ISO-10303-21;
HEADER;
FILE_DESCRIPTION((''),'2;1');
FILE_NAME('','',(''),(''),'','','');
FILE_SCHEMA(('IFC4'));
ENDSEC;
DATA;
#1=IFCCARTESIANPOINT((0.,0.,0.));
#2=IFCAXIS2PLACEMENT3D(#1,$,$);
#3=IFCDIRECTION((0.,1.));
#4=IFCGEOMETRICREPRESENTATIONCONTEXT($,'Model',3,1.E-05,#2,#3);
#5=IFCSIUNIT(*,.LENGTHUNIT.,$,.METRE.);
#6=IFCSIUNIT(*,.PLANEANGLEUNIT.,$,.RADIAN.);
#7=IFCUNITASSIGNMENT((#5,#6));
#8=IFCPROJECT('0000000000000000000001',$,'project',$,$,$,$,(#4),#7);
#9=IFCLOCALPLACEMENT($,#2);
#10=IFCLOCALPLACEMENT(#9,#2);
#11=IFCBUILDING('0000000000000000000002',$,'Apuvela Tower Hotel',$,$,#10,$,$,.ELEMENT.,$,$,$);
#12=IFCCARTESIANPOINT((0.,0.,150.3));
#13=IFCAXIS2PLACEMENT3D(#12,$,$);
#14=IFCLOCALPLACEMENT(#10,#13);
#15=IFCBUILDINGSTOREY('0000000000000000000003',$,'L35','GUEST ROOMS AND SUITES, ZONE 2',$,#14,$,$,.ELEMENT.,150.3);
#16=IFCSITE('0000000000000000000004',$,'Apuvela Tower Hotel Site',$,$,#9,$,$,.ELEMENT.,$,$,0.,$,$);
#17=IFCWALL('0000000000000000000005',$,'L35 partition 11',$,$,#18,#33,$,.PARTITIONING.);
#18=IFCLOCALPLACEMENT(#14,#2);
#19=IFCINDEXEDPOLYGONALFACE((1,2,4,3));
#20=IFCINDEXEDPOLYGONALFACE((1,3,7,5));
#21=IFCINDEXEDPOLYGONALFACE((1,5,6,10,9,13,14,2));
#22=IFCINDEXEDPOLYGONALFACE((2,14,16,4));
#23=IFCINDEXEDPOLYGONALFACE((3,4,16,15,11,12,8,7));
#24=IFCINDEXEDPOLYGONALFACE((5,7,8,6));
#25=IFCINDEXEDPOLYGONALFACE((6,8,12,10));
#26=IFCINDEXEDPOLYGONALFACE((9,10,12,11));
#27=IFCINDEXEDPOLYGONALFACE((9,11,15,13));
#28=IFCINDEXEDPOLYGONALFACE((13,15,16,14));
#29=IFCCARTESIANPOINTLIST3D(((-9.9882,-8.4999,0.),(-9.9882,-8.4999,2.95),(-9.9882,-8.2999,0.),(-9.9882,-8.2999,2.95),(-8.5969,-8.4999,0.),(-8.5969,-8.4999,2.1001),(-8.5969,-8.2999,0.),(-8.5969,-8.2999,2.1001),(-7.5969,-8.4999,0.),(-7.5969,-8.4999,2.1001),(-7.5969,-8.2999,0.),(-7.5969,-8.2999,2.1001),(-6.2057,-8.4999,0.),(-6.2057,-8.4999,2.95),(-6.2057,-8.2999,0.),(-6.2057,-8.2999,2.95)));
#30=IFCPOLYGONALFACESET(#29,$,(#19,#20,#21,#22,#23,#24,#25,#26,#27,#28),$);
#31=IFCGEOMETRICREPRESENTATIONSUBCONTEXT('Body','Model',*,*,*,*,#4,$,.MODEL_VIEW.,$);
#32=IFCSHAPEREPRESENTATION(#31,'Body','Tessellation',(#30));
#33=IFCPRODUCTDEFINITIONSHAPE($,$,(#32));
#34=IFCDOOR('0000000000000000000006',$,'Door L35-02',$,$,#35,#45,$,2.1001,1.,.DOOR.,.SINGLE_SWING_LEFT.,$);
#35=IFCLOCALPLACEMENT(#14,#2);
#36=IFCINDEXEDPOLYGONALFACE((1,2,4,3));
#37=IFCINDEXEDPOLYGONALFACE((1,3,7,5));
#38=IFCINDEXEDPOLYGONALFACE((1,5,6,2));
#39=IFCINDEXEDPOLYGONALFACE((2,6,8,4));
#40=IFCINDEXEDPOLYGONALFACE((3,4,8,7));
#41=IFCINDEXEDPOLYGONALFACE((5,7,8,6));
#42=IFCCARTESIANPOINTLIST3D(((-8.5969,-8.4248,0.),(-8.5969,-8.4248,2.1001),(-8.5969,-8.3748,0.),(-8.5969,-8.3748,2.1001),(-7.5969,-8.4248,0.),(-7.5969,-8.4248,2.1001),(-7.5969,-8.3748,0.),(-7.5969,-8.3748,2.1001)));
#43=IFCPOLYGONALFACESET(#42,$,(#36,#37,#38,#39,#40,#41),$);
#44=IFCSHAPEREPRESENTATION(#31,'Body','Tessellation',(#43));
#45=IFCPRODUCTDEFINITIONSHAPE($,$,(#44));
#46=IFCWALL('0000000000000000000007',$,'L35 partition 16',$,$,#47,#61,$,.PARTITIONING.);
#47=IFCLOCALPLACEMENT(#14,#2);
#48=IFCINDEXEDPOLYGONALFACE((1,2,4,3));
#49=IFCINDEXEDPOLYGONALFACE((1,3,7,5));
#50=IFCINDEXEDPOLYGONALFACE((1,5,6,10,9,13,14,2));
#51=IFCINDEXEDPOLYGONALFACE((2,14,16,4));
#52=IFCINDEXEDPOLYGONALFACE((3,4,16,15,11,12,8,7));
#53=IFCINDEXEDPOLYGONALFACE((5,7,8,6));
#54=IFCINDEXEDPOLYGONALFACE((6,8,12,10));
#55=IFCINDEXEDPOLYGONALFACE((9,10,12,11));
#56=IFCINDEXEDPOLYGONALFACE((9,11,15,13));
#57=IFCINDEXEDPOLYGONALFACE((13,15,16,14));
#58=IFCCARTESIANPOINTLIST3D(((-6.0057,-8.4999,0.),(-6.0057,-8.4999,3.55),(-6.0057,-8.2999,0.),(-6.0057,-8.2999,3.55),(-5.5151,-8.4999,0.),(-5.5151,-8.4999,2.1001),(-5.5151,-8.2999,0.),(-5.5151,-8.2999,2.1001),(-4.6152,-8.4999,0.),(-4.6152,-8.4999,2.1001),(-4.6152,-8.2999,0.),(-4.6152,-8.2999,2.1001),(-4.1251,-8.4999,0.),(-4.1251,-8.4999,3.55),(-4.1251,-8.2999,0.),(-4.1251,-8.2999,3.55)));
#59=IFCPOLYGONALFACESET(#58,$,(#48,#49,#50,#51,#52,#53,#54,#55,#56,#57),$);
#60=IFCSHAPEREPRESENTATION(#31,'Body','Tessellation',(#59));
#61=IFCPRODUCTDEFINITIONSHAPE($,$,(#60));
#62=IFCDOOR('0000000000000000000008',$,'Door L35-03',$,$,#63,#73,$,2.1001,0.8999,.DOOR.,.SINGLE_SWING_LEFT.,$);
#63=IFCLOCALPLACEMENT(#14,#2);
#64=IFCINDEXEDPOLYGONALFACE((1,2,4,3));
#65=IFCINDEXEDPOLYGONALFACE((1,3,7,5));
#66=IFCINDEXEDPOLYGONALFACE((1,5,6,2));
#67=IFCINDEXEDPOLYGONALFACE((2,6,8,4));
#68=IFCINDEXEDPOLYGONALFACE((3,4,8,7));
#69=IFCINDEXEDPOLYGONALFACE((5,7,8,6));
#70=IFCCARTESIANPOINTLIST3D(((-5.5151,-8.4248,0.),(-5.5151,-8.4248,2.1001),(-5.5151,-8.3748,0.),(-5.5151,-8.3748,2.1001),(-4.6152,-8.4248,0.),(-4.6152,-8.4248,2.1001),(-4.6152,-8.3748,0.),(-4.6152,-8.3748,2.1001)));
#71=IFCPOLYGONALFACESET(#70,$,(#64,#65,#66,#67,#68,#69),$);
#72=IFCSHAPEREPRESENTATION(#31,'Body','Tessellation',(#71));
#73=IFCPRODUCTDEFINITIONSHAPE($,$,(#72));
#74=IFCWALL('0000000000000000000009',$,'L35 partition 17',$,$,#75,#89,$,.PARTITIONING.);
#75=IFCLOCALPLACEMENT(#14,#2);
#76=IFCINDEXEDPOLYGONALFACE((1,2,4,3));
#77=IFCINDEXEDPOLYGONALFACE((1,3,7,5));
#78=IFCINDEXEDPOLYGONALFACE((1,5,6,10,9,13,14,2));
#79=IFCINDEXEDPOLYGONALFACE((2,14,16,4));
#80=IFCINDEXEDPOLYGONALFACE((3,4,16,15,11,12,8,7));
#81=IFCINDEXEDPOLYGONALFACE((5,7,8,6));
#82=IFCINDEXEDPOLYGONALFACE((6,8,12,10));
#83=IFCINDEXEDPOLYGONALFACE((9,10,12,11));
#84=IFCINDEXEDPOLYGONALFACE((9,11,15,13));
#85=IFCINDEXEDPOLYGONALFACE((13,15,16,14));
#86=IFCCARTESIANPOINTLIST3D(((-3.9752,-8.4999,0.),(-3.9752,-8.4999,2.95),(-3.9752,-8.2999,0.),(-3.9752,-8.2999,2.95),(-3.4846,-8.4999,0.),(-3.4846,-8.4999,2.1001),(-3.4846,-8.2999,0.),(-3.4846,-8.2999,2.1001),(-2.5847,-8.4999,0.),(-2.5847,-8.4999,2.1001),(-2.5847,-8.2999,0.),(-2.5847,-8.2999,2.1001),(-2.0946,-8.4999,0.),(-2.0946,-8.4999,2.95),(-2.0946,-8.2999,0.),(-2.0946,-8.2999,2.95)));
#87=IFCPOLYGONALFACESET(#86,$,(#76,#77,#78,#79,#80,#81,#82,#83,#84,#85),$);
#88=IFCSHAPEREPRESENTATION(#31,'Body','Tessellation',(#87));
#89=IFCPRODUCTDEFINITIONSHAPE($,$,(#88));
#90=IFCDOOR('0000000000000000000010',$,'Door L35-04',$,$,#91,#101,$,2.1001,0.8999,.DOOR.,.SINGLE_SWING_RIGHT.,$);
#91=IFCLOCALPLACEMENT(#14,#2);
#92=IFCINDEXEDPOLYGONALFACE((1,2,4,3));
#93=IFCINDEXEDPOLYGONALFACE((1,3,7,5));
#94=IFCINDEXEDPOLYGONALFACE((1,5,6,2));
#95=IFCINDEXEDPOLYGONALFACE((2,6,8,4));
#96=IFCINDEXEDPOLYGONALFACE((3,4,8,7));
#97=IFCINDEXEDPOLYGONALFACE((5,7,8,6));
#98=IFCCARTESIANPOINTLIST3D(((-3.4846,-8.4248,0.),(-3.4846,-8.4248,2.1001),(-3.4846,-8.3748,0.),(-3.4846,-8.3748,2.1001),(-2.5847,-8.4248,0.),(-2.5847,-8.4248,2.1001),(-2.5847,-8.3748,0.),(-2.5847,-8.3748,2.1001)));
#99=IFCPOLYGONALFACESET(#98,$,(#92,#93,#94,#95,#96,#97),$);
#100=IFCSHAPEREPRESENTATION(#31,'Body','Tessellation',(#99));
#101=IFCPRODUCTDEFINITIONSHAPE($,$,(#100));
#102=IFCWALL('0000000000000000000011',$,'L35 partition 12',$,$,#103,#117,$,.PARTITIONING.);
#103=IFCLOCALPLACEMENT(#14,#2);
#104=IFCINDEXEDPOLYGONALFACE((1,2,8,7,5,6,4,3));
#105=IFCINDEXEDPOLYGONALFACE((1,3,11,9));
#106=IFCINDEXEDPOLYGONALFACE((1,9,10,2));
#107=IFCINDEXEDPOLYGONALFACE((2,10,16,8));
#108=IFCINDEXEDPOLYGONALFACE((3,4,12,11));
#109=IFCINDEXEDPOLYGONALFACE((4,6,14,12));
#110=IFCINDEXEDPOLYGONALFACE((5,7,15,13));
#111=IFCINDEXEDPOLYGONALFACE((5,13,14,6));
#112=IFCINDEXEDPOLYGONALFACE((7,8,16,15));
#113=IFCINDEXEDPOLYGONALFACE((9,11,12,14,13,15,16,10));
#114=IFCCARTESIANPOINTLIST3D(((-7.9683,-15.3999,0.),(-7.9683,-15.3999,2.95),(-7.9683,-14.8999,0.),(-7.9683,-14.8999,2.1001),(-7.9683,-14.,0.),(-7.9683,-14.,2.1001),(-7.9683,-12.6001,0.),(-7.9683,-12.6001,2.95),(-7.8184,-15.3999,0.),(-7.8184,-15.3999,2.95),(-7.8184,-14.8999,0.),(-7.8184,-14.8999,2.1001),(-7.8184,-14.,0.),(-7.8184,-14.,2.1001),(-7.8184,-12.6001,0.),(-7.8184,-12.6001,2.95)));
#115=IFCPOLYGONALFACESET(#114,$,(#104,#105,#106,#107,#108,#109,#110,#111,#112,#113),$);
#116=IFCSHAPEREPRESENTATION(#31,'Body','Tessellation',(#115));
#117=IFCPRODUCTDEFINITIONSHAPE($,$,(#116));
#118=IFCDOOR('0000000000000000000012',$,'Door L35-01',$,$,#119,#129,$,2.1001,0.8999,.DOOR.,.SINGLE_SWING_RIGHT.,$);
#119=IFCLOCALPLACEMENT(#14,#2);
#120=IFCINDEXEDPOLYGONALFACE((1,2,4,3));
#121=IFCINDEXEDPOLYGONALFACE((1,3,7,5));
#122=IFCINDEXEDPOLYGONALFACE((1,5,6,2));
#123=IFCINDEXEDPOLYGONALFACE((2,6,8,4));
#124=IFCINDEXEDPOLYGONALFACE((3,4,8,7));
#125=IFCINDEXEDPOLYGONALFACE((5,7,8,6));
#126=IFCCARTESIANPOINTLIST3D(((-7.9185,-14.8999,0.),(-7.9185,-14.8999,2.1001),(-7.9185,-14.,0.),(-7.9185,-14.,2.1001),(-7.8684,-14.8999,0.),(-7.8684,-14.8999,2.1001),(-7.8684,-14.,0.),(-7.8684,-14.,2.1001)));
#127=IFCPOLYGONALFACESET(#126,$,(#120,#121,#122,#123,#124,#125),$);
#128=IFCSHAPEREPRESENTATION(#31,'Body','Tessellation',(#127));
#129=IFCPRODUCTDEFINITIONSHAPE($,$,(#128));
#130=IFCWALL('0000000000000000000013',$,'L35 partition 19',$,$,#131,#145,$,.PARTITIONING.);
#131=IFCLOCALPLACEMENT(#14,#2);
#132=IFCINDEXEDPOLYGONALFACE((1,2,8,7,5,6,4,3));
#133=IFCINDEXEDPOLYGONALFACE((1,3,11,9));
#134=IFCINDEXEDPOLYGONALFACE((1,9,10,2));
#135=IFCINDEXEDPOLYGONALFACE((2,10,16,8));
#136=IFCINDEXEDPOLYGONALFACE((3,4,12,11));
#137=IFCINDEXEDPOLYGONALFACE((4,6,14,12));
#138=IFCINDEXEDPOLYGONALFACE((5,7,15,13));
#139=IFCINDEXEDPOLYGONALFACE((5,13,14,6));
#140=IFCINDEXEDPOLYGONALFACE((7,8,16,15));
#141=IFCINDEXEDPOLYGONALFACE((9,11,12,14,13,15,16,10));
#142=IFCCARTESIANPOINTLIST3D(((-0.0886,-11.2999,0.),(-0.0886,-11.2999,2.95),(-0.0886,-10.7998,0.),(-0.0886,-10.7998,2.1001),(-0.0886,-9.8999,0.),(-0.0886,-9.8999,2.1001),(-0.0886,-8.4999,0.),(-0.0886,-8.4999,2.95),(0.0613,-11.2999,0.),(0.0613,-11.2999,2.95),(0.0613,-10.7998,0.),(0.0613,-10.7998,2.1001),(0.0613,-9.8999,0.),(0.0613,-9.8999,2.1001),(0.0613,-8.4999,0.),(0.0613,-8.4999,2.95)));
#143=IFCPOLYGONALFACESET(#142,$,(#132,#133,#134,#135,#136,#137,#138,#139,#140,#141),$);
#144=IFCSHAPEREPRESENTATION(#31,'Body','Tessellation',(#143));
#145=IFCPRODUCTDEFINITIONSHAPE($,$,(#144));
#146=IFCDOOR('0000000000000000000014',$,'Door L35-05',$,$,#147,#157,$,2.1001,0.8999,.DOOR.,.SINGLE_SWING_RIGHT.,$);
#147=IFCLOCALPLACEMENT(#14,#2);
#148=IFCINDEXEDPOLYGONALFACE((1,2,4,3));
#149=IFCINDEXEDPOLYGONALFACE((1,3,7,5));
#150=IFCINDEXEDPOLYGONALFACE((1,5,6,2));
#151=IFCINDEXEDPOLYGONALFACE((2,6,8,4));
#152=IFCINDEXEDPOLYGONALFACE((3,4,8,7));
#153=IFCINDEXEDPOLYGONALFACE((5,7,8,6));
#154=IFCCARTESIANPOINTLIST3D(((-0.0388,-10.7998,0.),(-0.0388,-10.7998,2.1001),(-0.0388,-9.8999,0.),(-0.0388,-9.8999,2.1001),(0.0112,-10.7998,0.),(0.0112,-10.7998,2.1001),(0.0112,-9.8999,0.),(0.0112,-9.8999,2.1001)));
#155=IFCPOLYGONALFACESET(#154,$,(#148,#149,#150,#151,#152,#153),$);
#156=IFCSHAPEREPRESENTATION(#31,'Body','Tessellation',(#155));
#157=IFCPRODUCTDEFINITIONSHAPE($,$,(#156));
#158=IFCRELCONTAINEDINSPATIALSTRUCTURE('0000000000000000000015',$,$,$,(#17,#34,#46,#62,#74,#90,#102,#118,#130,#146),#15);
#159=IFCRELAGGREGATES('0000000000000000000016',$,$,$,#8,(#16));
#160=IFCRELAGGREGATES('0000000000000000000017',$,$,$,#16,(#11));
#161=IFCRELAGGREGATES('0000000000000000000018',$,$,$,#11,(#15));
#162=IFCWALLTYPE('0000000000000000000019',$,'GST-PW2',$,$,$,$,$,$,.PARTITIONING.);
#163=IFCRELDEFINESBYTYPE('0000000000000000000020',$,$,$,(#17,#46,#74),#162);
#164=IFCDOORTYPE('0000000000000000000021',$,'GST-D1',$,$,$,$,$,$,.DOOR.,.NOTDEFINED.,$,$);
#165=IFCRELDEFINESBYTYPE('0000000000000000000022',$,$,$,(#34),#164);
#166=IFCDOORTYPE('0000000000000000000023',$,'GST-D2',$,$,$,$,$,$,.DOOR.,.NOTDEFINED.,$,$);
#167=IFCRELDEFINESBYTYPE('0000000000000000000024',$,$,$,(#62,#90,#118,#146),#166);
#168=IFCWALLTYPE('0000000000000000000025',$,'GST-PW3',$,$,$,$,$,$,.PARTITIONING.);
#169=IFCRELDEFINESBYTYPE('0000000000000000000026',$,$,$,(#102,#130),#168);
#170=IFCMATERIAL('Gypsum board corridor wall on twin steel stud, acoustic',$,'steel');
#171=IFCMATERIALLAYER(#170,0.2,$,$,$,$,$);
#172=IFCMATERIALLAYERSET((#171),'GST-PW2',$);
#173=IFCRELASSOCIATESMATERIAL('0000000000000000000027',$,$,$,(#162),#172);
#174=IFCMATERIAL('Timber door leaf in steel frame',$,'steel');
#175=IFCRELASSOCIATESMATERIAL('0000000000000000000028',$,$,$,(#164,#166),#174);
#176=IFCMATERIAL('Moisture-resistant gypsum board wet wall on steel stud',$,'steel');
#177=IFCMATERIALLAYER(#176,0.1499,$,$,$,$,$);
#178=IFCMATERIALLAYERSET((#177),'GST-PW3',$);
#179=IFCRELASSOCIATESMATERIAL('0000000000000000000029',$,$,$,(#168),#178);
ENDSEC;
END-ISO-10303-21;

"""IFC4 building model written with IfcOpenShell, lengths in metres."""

from ifc_helpers import new_model, si_unit, direction, frame, frame_2d, origin, place, context, subcontext, project, spatial, rectangle, extrude, material, layer, layer_set, type_object, element, fill, save


model = new_model("IFC4")

# Units and contexts
model_context = context("Model", 3, precision=1e-05, world=origin(), true_north=direction((0.0, 1.0)))
body_context = subcontext(model_context, "Body", "Model", "MODEL_VIEW")
ifc_project = project(units=[si_unit("LENGTHUNIT", "METRE"), si_unit("PLANEANGLEUNIT", "RADIAN")], contexts=[model_context])

# Site, building, storey
site_placement = place(None, origin())
site = spatial("IfcSite", under=ifc_project, at=site_placement, Name="Apuvela Tower Hotel Site", CompositionType="ELEMENT", RefElevation=0.0)
building_placement = place(site_placement, origin())
building = spatial("IfcBuilding", under=site, at=building_placement, Name="Apuvela Tower Hotel", CompositionType="ELEMENT")
storey_placement = place(building_placement, frame((0.0, 0.0, 150.3)))
storey = spatial("IfcBuildingStorey", under=building, at=storey_placement, Name="L35", Description="GUEST ROOMS AND SUITES, ZONE 2", CompositionType="ELEMENT", Elevation=150.3)

# Walls, openings, doors
ifc_material_1 = material(Name="Gypsum board corridor wall on twin steel stud, acoustic", Category="steel")
ifc_layer_1 = layer(ifc_material_1, 0.2)
ifc_layer_set_1 = layer_set([ifc_layer_1], Name="GST-PW2")
wall_type_1 = type_object("IfcWallType", Name="GST-PW2", PredefinedType="PARTITIONING", material=ifc_layer_set_1)
wall_1_placement = place(storey_placement, frame((-6.2058, -8.3999, 0.0), z_axis=(0.0, 0.0, 1.0), x_axis=(-1.0, 0.0, 0.0)))
wall_1 = element("IfcWall", 1, at=wall_1_placement, inside=storey, type_object=wall_type_1, Name="L35 partition 11", PredefinedType="PARTITIONING", context=body_context, shape_type="SweptSolid", body=[
    extrude(rectangle(XDim=3.7825, YDim=0.2, at=frame_2d((1.8911, 0.0))), origin(), (0.0, 0.0, 1.0), 2.95),
])
opening_1_placement = place(wall_1_placement, frame((1.3911, 0.0, 0.0)))
opening_1 = element("IfcOpeningElement", 2, at=opening_1_placement, cuts=wall_1, PredefinedType="OPENING", context=body_context, shape_type="SweptSolid", body=[
    extrude(rectangle(XDim=1.0, YDim=2.1001, at=frame_2d((0.5, 1.05))), frame((0.0, 0.1099, 0.0), z_axis=(0.0, -1.0, 0.0), x_axis=(1.0, 0.0, 0.0)), (0.0, 0.0, 1.0), 0.22),
])
ifc_material_2 = material(Name="Timber door leaf in steel frame", Category="steel")
door_type_1 = type_object("IfcDoorType", Name="GST-D1", OperationType="NOTDEFINED", PredefinedType="DOOR", material=ifc_material_2)
door_1_placement = place(opening_1_placement, origin())
door_1 = element("IfcDoor", 3, at=door_1_placement, inside=storey, type_object=door_type_1, Name="Door L35-02", OperationType="SINGLE_SWING_LEFT", OverallHeight=2.1001, OverallWidth=1.0, PredefinedType="DOOR", context=body_context, shape_type="SweptSolid", body=[
    extrude(rectangle(XDim=1.0, YDim=2.1001, at=frame_2d((0.5, 1.05))), frame((0.0, 0.0249, 0.0), z_axis=(0.0, -1.0, 0.0), x_axis=(1.0, 0.0, 0.0)), (0.0, 0.0, 1.0), 0.05),
])
fill(opening_1, door_1)
wall_2_placement = place(storey_placement, frame((-4.125, -8.3999, 0.0), z_axis=(0.0, 0.0, 1.0), x_axis=(-1.0, 0.0, 0.0)))
wall_2 = element("IfcWall", 4, at=wall_2_placement, inside=storey, type_object=wall_type_1, Name="L35 partition 16", PredefinedType="PARTITIONING", context=body_context, shape_type="SweptSolid", body=[
    extrude(rectangle(XDim=1.8806, YDim=0.2, at=frame_2d((0.9404, 0.0))), origin(), (0.0, 0.0, 1.0), 3.55),
])
opening_2_placement = place(wall_2_placement, frame((0.4902, 0.0, 0.0)))
opening_2 = element("IfcOpeningElement", 5, at=opening_2_placement, cuts=wall_2, PredefinedType="OPENING", context=body_context, shape_type="SweptSolid", body=[
    extrude(rectangle(XDim=0.8999, YDim=2.1001, at=frame_2d((0.45, 1.05))), frame((0.0, 0.1099, 0.0), z_axis=(0.0, -1.0, 0.0), x_axis=(1.0, 0.0, 0.0)), (0.0, 0.0, 1.0), 0.22),
])
door_type_2 = type_object("IfcDoorType", Name="GST-D2", OperationType="NOTDEFINED", PredefinedType="DOOR", material=ifc_material_2)
door_2_placement = place(opening_2_placement, origin())
door_2 = element("IfcDoor", 6, at=door_2_placement, inside=storey, type_object=door_type_2, Name="Door L35-03", OperationType="SINGLE_SWING_LEFT", OverallHeight=2.1001, OverallWidth=0.8999, PredefinedType="DOOR", context=body_context, shape_type="SweptSolid", body=[
    extrude(rectangle(XDim=0.8999, YDim=2.1001, at=frame_2d((0.45, 1.05))), frame((0.0, 0.0249, 0.0), z_axis=(0.0, -1.0, 0.0), x_axis=(1.0, 0.0, 0.0)), (0.0, 0.0, 1.0), 0.05),
])
fill(opening_2, door_2)
wall_3_placement = place(storey_placement, frame((-2.0945, -8.3999, 0.0), z_axis=(0.0, 0.0, 1.0), x_axis=(-1.0, 0.0, 0.0)))
wall_3 = element("IfcWall", 7, at=wall_3_placement, inside=storey, type_object=wall_type_1, Name="L35 partition 17", PredefinedType="PARTITIONING", context=body_context, shape_type="SweptSolid", body=[
    extrude(rectangle(XDim=1.8806, YDim=0.2, at=frame_2d((0.9404, 0.0))), origin(), (0.0, 0.0, 1.0), 2.95),
])
opening_3_placement = place(wall_3_placement, frame((0.4902, 0.0, 0.0)))
opening_3 = element("IfcOpeningElement", 8, at=opening_3_placement, cuts=wall_3, PredefinedType="OPENING", context=body_context, shape_type="SweptSolid", body=[
    extrude(rectangle(XDim=0.8999, YDim=2.1001, at=frame_2d((0.45, 1.05))), frame((0.0, 0.1099, 0.0), z_axis=(0.0, -1.0, 0.0), x_axis=(1.0, 0.0, 0.0)), (0.0, 0.0, 1.0), 0.22),
])
door_3_placement = place(opening_3_placement, origin())
door_3 = element("IfcDoor", 9, at=door_3_placement, inside=storey, type_object=door_type_2, Name="Door L35-04", OperationType="SINGLE_SWING_RIGHT", OverallHeight=2.1001, OverallWidth=0.8999, PredefinedType="DOOR", context=body_context, shape_type="SweptSolid", body=[
    extrude(rectangle(XDim=0.8999, YDim=2.1001, at=frame_2d((0.45, 1.05))), frame((0.0, 0.0249, 0.0), z_axis=(0.0, -1.0, 0.0), x_axis=(1.0, 0.0, 0.0)), (0.0, 0.0, 1.0), 0.05),
])
fill(opening_3, door_3)
ifc_material_3 = material(Name="Moisture-resistant gypsum board wet wall on steel stud", Category="steel")
ifc_layer_2 = layer(ifc_material_3, 0.1499)
ifc_layer_set_2 = layer_set([ifc_layer_2], Name="GST-PW3")
wall_type_2 = type_object("IfcWallType", Name="GST-PW3", PredefinedType="PARTITIONING", material=ifc_layer_set_2)
wall_4_placement = place(storey_placement, frame((-7.8933, -12.6001, 0.0), z_axis=(0.0, 0.0, 1.0), x_axis=(0.0, -1.0, 0.0)))
wall_4 = element("IfcWall", 10, at=wall_4_placement, inside=storey, type_object=wall_type_2, Name="L35 partition 12", PredefinedType="PARTITIONING", context=body_context, shape_type="SweptSolid", body=[
    extrude(rectangle(XDim=2.7998, YDim=0.1499, at=frame_2d((1.3999, 0.0))), origin(), (0.0, 0.0, 1.0), 2.95),
])
opening_4_placement = place(wall_4_placement, frame((1.3999, 0.0, 0.0)))
opening_4 = element("IfcOpeningElement", 11, at=opening_4_placement, cuts=wall_4, PredefinedType="OPENING", context=body_context, shape_type="SweptSolid", body=[
    extrude(rectangle(XDim=0.8999, YDim=2.1001, at=frame_2d((0.45, 1.05))), frame((0.0, 0.085, 0.0), z_axis=(0.0, -1.0, 0.0), x_axis=(1.0, 0.0, 0.0)), (0.0, 0.0, 1.0), 0.1699),
])
door_4_placement = place(opening_4_placement, origin())
door_4 = element("IfcDoor", 12, at=door_4_placement, inside=storey, type_object=door_type_2, Name="Door L35-01", OperationType="SINGLE_SWING_RIGHT", OverallHeight=2.1001, OverallWidth=0.8999, PredefinedType="DOOR", context=body_context, shape_type="SweptSolid", body=[
    extrude(rectangle(XDim=0.8999, YDim=2.1001, at=frame_2d((0.45, 1.05))), frame((0.0, 0.0249, 0.0), z_axis=(0.0, -1.0, 0.0), x_axis=(1.0, 0.0, 0.0)), (0.0, 0.0, 1.0), 0.05),
])
fill(opening_4, door_4)
wall_5_placement = place(storey_placement, frame((-0.0137, -8.5, 0.0), z_axis=(0.0, 0.0, 1.0), x_axis=(0.0, -1.0, 0.0)))
wall_5 = element("IfcWall", 13, at=wall_5_placement, inside=storey, type_object=wall_type_2, Name="L35 partition 19", PredefinedType="PARTITIONING", context=body_context, shape_type="SweptSolid", body=[
    extrude(rectangle(XDim=2.8, YDim=0.1499, at=frame_2d((1.3999, 0.0))), origin(), (0.0, 0.0, 1.0), 2.95),
])
opening_5_placement = place(wall_5_placement, frame((1.3999, 0.0, 0.0)))
opening_5 = element("IfcOpeningElement", 14, at=opening_5_placement, cuts=wall_5, PredefinedType="OPENING", context=body_context, shape_type="SweptSolid", body=[
    extrude(rectangle(XDim=0.8999, YDim=2.1001, at=frame_2d((0.45, 1.05))), frame((0.0, 0.085, 0.0), z_axis=(0.0, -1.0, 0.0), x_axis=(1.0, 0.0, 0.0)), (0.0, 0.0, 1.0), 0.1699),
])
door_5_placement = place(opening_5_placement, origin())
door_5 = element("IfcDoor", 15, at=door_5_placement, inside=storey, type_object=door_type_2, Name="Door L35-05", OperationType="SINGLE_SWING_RIGHT", OverallHeight=2.1001, OverallWidth=0.8999, PredefinedType="DOOR", context=body_context, shape_type="SweptSolid", body=[
    extrude(rectangle(XDim=0.8999, YDim=2.1001, at=frame_2d((0.45, 1.05))), frame((0.0, 0.0249, 0.0), z_axis=(0.0, -1.0, 0.0), x_axis=(1.0, 0.0, 0.0)), (0.0, 0.0, 1.0), 0.05),
])
fill(opening_5, door_5)

save(model, "model.ifc")
